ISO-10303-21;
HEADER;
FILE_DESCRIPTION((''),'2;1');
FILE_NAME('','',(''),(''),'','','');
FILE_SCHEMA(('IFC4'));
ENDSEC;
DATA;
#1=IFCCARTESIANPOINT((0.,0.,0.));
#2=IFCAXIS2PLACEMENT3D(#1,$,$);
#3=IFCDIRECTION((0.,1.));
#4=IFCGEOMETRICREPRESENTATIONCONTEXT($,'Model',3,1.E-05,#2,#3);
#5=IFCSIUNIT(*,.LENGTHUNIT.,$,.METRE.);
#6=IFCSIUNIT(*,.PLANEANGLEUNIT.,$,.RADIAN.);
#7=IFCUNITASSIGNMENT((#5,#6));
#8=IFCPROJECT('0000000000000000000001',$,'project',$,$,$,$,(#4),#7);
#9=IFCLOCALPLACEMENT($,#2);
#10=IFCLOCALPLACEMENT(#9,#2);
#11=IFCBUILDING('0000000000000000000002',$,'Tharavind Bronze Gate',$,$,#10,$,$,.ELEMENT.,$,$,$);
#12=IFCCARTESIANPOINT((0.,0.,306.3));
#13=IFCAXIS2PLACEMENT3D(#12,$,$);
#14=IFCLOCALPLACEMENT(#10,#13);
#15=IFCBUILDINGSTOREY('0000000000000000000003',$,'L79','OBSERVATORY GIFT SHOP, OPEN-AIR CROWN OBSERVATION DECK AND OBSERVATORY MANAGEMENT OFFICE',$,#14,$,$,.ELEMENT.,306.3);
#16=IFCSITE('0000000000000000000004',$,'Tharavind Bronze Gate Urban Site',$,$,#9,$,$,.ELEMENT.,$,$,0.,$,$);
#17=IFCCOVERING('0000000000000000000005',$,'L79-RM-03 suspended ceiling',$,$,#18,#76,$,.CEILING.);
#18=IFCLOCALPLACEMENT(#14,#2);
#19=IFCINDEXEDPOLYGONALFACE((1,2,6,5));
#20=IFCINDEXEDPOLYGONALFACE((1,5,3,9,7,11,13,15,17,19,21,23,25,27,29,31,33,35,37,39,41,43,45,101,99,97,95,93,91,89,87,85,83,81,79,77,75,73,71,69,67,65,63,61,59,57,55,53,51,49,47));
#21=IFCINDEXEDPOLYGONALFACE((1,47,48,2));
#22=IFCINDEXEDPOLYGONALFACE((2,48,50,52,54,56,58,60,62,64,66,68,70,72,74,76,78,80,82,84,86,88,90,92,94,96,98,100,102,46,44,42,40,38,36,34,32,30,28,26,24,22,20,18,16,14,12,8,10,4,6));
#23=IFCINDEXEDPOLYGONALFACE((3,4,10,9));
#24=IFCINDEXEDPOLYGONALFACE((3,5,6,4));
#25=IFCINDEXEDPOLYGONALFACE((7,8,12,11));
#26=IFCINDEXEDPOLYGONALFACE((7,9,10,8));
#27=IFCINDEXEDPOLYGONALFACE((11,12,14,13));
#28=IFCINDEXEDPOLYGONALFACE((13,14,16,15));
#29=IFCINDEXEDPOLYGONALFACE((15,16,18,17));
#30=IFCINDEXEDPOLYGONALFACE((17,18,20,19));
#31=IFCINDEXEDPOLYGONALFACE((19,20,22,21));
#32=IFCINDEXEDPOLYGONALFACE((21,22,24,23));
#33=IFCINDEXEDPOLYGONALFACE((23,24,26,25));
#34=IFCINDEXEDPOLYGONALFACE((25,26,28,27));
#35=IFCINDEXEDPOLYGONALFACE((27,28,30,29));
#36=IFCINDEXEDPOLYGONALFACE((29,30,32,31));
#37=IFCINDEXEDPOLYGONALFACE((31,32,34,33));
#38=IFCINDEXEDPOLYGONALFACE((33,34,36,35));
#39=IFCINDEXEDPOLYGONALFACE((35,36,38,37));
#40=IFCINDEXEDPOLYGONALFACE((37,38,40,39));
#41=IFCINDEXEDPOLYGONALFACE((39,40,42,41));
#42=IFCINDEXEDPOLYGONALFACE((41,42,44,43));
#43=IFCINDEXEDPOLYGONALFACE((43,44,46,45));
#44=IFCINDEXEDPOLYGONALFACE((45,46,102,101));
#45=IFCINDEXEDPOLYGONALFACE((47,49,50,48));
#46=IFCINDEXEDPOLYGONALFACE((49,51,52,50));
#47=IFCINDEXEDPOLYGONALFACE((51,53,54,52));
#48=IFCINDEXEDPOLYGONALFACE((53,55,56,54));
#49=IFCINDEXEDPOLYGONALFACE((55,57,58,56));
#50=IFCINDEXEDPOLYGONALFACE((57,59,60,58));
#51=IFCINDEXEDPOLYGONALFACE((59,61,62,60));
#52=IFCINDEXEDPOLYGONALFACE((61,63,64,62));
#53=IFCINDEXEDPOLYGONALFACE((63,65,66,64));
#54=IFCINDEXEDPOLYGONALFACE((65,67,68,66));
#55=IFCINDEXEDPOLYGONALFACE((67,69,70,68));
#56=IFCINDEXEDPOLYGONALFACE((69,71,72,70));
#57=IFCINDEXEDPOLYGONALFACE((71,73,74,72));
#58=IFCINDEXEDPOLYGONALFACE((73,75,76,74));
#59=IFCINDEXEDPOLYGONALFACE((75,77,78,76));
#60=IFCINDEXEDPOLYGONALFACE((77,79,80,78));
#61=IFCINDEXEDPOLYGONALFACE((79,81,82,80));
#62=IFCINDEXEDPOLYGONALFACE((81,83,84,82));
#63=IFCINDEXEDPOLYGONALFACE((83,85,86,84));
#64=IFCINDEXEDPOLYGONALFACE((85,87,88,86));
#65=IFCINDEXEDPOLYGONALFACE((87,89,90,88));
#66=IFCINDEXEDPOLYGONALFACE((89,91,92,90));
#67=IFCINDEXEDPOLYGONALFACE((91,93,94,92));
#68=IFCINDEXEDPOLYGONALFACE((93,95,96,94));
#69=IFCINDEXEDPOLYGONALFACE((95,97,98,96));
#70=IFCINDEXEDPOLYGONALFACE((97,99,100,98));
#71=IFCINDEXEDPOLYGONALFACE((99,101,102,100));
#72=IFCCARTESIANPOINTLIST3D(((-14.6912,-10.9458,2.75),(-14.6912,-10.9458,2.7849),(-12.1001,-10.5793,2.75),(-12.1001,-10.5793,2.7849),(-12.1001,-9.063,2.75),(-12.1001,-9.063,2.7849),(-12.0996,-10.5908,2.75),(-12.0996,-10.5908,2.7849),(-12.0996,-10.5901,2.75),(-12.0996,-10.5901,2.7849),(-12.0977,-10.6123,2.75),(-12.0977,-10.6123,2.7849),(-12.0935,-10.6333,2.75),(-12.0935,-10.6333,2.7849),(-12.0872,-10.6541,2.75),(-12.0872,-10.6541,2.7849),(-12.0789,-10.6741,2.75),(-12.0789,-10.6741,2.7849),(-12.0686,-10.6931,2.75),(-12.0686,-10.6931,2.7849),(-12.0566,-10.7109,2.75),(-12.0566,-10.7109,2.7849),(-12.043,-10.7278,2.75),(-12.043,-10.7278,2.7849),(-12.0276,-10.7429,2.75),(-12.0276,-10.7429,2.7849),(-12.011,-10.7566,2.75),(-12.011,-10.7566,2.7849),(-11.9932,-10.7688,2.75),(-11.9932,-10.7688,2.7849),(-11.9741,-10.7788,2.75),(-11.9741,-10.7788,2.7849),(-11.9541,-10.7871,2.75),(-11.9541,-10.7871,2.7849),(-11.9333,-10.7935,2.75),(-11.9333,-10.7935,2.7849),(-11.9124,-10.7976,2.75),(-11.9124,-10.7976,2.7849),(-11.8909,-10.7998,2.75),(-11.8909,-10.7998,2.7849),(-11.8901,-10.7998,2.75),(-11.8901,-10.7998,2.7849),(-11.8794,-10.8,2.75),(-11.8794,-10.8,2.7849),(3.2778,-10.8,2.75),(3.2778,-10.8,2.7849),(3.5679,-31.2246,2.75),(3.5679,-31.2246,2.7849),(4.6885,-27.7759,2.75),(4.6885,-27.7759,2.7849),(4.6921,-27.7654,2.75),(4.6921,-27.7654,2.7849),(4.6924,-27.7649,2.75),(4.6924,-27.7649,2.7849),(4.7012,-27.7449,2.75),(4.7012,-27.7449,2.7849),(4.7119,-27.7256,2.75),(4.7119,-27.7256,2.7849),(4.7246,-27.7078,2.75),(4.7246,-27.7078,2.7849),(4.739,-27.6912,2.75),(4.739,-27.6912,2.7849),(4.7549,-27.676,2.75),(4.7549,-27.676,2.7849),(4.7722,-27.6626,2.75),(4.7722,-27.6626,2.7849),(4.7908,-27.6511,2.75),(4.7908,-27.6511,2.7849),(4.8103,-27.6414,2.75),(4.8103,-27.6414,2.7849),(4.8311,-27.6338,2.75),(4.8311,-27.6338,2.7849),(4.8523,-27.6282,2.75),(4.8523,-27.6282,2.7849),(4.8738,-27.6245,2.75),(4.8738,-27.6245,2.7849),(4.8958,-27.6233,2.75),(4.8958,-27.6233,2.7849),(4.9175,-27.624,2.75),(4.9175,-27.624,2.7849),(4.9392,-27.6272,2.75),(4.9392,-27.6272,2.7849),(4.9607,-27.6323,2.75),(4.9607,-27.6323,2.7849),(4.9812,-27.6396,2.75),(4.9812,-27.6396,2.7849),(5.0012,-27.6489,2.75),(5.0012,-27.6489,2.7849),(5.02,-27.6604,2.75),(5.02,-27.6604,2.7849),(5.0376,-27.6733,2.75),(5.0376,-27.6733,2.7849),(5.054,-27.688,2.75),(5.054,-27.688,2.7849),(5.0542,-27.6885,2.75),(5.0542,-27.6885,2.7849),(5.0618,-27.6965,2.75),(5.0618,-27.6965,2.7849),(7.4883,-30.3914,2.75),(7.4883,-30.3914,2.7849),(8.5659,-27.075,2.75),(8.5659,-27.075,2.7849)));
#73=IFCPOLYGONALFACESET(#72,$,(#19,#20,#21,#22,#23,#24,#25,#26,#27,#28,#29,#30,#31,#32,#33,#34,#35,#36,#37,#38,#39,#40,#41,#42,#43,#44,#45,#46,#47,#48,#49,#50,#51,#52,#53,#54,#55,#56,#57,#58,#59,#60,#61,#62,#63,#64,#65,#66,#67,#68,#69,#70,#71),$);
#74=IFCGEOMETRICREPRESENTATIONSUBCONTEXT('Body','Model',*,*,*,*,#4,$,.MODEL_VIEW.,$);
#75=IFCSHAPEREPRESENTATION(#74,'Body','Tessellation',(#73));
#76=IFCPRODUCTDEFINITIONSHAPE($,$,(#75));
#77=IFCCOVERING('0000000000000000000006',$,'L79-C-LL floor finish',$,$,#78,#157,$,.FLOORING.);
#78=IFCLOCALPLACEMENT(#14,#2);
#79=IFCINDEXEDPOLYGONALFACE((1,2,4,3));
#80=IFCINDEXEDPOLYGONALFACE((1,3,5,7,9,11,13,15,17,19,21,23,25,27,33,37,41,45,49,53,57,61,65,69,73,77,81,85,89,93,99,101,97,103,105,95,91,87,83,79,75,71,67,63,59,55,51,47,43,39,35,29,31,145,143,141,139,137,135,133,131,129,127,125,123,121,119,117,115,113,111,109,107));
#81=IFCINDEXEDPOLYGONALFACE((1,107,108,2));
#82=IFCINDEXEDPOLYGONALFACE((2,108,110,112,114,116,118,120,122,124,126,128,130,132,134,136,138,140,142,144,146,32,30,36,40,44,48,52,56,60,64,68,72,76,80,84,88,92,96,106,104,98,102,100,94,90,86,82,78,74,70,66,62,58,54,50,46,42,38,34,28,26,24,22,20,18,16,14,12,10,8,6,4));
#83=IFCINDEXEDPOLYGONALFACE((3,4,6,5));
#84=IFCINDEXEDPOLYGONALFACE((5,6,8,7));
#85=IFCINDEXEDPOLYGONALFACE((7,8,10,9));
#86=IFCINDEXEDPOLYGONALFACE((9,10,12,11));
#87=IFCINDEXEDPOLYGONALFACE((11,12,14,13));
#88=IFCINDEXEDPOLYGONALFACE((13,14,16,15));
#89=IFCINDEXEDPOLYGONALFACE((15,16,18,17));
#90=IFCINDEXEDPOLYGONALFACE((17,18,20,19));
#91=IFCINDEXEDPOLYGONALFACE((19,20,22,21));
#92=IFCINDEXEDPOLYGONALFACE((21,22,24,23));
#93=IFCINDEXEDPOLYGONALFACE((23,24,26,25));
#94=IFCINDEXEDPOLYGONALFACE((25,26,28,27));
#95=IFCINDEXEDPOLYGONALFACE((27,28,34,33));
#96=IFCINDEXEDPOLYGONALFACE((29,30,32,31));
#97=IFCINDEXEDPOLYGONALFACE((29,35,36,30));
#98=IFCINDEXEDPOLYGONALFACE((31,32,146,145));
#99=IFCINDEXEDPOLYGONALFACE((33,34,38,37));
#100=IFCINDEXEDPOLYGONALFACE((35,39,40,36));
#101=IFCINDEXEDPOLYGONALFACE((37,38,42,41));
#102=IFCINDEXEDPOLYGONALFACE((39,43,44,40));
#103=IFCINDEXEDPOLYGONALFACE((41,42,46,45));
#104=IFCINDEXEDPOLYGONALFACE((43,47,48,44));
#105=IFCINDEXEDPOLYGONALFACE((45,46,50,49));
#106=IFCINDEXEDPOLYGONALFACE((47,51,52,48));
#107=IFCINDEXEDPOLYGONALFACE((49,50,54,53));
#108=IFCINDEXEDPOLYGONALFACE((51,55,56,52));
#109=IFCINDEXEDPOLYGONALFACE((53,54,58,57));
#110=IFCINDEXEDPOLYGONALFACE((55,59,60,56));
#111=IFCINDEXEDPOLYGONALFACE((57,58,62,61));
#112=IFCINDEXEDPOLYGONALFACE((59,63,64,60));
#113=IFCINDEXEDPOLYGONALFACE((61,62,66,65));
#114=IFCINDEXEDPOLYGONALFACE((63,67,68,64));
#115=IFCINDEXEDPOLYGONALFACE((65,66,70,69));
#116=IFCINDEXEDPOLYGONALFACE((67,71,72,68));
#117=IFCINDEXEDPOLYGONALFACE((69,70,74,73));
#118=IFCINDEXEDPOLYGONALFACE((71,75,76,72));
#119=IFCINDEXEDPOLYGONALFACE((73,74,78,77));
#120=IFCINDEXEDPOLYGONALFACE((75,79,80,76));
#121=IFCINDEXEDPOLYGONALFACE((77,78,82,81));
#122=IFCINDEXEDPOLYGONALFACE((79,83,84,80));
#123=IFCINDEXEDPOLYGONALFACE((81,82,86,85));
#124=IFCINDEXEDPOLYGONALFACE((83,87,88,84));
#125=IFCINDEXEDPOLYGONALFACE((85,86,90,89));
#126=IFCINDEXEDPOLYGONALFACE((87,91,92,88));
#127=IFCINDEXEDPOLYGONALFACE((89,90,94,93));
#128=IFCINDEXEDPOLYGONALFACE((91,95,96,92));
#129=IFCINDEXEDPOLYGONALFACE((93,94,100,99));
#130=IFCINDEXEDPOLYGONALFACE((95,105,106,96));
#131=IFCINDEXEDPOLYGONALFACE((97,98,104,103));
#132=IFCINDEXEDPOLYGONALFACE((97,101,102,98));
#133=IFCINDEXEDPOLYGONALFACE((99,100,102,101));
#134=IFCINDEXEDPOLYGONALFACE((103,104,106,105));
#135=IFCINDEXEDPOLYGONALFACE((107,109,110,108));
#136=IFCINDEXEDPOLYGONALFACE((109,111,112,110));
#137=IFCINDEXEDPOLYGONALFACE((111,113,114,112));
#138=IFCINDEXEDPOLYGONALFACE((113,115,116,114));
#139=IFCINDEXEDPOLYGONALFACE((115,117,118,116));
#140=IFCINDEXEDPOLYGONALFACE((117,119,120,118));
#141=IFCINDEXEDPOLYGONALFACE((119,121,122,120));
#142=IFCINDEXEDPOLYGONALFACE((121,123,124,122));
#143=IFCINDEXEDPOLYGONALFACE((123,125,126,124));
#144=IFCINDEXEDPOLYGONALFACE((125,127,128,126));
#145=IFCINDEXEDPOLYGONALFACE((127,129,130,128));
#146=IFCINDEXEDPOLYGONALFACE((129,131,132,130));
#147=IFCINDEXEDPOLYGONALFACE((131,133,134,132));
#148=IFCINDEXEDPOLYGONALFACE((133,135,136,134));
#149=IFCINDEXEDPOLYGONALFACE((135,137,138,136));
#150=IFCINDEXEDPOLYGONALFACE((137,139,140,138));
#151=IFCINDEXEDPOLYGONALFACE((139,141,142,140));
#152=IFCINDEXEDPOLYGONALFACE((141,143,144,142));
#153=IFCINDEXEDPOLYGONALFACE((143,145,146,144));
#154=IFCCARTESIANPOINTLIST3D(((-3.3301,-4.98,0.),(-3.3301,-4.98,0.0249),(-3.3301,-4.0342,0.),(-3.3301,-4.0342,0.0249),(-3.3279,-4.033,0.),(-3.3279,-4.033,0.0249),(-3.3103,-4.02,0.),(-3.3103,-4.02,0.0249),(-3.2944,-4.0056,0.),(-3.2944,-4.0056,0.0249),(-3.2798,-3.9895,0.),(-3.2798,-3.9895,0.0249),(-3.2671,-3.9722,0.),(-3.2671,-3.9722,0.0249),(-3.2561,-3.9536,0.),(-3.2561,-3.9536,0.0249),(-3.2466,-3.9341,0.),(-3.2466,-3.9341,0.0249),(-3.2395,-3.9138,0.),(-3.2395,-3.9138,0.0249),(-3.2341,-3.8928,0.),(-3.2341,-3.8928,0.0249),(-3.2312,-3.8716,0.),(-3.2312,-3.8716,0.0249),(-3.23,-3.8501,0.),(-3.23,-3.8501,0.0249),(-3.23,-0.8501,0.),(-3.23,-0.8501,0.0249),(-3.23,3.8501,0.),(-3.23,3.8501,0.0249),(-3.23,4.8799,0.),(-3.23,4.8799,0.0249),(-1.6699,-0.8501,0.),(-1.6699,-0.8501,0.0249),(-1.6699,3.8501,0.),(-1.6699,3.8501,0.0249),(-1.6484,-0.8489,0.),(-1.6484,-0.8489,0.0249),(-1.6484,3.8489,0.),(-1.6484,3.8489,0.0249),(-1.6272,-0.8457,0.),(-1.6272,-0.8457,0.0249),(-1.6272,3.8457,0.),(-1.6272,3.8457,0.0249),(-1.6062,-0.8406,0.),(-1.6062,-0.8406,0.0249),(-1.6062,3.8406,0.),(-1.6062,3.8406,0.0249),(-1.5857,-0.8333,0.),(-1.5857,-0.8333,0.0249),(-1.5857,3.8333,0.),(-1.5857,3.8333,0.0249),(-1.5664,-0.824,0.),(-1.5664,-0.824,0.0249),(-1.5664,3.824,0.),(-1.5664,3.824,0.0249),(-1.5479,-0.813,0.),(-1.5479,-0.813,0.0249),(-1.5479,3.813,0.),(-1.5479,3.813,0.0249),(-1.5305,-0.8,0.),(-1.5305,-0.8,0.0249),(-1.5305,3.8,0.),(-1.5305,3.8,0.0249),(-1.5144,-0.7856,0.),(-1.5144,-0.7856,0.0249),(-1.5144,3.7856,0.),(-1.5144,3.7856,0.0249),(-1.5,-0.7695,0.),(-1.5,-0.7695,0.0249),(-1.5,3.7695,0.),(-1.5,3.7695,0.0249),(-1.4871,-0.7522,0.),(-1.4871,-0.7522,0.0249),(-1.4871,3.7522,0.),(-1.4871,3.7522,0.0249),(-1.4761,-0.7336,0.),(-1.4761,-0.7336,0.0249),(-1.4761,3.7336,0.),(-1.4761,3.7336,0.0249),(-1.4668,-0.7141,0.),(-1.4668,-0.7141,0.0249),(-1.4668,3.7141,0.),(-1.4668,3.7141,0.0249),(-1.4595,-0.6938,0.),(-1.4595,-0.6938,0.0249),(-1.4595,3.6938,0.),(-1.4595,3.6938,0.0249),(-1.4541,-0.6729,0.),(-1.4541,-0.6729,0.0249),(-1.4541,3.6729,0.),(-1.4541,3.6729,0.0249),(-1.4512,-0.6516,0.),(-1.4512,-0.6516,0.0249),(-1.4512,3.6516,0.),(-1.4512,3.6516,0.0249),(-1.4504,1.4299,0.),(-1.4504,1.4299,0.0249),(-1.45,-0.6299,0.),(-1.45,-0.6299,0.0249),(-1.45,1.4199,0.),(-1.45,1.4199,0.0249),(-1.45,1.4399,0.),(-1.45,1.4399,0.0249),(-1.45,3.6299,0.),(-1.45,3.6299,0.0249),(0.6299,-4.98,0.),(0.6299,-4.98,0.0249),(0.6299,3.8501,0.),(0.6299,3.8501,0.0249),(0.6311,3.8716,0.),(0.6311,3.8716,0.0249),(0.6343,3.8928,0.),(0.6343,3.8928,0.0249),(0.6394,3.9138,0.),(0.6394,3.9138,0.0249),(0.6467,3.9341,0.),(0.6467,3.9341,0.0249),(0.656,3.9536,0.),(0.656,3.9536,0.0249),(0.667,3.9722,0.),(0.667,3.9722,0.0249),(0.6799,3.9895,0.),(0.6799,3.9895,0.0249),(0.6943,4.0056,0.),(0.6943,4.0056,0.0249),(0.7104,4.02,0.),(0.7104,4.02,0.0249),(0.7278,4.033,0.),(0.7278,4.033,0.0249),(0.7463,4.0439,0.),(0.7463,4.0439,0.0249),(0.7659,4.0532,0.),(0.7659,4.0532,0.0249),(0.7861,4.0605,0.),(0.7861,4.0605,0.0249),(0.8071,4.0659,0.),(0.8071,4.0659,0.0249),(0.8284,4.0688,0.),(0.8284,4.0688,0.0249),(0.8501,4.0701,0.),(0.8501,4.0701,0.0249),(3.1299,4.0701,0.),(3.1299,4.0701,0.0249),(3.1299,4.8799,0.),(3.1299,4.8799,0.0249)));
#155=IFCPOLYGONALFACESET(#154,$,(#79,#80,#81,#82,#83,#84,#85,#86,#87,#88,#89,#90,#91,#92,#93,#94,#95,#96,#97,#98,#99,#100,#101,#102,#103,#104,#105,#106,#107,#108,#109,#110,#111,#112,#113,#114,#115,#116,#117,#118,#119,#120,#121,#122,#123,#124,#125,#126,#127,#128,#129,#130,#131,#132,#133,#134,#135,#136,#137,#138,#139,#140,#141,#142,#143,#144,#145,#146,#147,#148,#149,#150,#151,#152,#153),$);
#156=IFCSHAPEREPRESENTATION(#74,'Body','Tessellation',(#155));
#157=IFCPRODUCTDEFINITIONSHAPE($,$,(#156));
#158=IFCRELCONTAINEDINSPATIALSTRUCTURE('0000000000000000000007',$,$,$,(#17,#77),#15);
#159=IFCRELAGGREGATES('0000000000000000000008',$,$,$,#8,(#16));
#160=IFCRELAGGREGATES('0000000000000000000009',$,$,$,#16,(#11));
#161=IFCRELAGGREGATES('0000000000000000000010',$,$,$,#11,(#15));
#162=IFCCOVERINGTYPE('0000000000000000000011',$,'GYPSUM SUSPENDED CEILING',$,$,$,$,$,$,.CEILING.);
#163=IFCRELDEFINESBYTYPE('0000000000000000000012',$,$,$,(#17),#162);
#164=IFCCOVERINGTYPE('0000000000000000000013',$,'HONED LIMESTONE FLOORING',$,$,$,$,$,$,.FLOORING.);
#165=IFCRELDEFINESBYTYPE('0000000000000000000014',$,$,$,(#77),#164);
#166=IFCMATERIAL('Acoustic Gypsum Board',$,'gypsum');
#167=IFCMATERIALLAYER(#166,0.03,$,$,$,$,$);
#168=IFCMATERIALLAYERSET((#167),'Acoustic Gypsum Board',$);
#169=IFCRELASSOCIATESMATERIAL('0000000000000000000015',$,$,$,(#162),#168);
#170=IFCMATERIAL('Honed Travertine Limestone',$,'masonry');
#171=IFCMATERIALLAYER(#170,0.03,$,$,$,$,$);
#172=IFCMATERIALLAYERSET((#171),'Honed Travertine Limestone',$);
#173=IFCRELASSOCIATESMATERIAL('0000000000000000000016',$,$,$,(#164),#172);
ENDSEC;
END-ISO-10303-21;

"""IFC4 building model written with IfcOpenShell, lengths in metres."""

from ifc_helpers import new_model, si_unit, direction, frame, origin, place, context, subcontext, project, spatial, polyline, outline, extrude, material, layer, layer_set, type_object, element, save


model = new_model("IFC4")

# Units and contexts
model_context = context("Model", 3, precision=1e-05, world=origin(), true_north=direction((0.0, 1.0)))
body_context = subcontext(model_context, "Body", "Model", "MODEL_VIEW")
ifc_project = project(units=[si_unit("LENGTHUNIT", "METRE"), si_unit("PLANEANGLEUNIT", "RADIAN")], contexts=[model_context])

# Site, building, storey
site_placement = place(None, origin())
site = spatial("IfcSite", under=ifc_project, at=site_placement, Name="Tharavind Bronze Gate Urban Site", CompositionType="ELEMENT", RefElevation=0.0)
building_placement = place(site_placement, origin())
building = spatial("IfcBuilding", under=site, at=building_placement, Name="Tharavind Bronze Gate", CompositionType="ELEMENT")
storey_placement = place(building_placement, frame((0.0, 0.0, 306.3)))
storey = spatial("IfcBuildingStorey", under=building, at=storey_placement, Name="L79", Description="OBSERVATORY GIFT SHOP, OPEN-AIR CROWN OBSERVATION DECK AND OBSERVATORY MANAGEMENT OFFICE", CompositionType="ELEMENT", Elevation=306.3)

# Coverings
ifc_material_1 = material(Name="Acoustic Gypsum Board", Category="gypsum")
ifc_layer_1 = layer(ifc_material_1, 0.03)
ifc_layer_set_1 = layer_set([ifc_layer_1], Name="Acoustic Gypsum Board")
covering_type_1 = type_object("IfcCoveringType", Name="GYPSUM SUSPENDED CEILING", PredefinedType="CEILING", material=ifc_layer_set_1)
covering_1_placement = place(storey_placement, frame((0.0, 0.0, 2.75)))
element("IfcCovering", 1, at=covering_1_placement, inside=storey, type_object=covering_type_1, Name="L79-RM-03 suspended ceiling", PredefinedType="CEILING", context=body_context, shape_type="SweptSolid", body=[
    extrude(outline(polyline([(3.5679, -31.2246), (4.6885, -27.7759), (4.6921, -27.7654), (4.6924, -27.7649), (4.7012, -27.7449), (4.7119, -27.7256), (4.7246, -27.7078), (4.739, -27.6912), (4.7549, -27.676), (4.7722, -27.6626), (4.7908, -27.6511), (4.8103, -27.6414), (4.8311, -27.6338), (4.8523, -27.6282), (4.8738, -27.6245), (4.8958, -27.6233), (4.9175, -27.624), (4.9392, -27.6272), (4.9607, -27.6323), (4.9812, -27.6396), (5.0012, -27.6489), (5.02, -27.6604), (5.0376, -27.6733), (5.054, -27.688), (5.0542, -27.6885), (5.0618, -27.6965), (7.4883, -30.3914), (8.5659, -27.075), (3.2778, -10.8), (-11.8794, -10.8), (-11.8901, -10.7998), (-11.8909, -10.7998), (-11.9124, -10.7976), (-11.9333, -10.7935), (-11.9541, -10.7871), (-11.9741, -10.7788), (-11.9932, -10.7688), (-12.011, -10.7566), (-12.0276, -10.7429), (-12.043, -10.7278), (-12.0566, -10.7109), (-12.0686, -10.6931), (-12.0789, -10.6741), (-12.0872, -10.6541), (-12.0935, -10.6333), (-12.0977, -10.6123), (-12.0996, -10.5908), (-12.0996, -10.5901), (-12.1001, -10.5793), (-12.1001, -9.063), (-14.6912, -10.9458), (3.5679, -31.2246)])), origin(), (0.0, 0.0, 1.0), 0.0349),
])
ifc_material_2 = material(Name="Honed Travertine Limestone", Category="masonry")
ifc_layer_2 = layer(ifc_material_2, 0.03)
ifc_layer_set_2 = layer_set([ifc_layer_2], Name="Honed Travertine Limestone")
covering_type_2 = type_object("IfcCoveringType", Name="HONED LIMESTONE FLOORING", PredefinedType="FLOORING", material=ifc_layer_set_2)
covering_2_placement = place(storey_placement, origin())
element("IfcCovering", 2, at=covering_2_placement, inside=storey, type_object=covering_type_2, Name="L79-C-LL floor finish", PredefinedType="FLOORING", context=body_context, shape_type="SweptSolid", body=[
    extrude(outline(polyline([(-3.3301, -4.98), (0.6299, -4.98), (0.6299, 3.8501), (0.6311, 3.8716), (0.6343, 3.8928), (0.6394, 3.9138), (0.6467, 3.9341), (0.656, 3.9536), (0.667, 3.9722), (0.6799, 3.9895), (0.6943, 4.0056), (0.7104, 4.02), (0.7278, 4.033), (0.7463, 4.0439), (0.7659, 4.0532), (0.7861, 4.0605), (0.8071, 4.0659), (0.8284, 4.0688), (0.8501, 4.0701), (3.1299, 4.0701), (3.1299, 4.8799), (-3.23, 4.8799), (-3.23, 3.8501), (-1.6699, 3.8501), (-1.6484, 3.8489), (-1.6272, 3.8457), (-1.6062, 3.8406), (-1.5857, 3.8333), (-1.5664, 3.824), (-1.5479, 3.813), (-1.5305, 3.8), (-1.5144, 3.7856), (-1.5, 3.7695), (-1.4871, 3.7522), (-1.4761, 3.7336), (-1.4668, 3.7141), (-1.4595, 3.6938), (-1.4541, 3.6729), (-1.4512, 3.6516), (-1.45, 3.6299), (-1.45, 1.4399), (-1.4504, 1.4299), (-1.45, 1.4199), (-1.45, -0.6299), (-1.4512, -0.6516), (-1.4541, -0.6729), (-1.4595, -0.6938), (-1.4668, -0.7141), (-1.4761, -0.7336), (-1.4871, -0.7522), (-1.5, -0.7695), (-1.5144, -0.7856), (-1.5305, -0.8), (-1.5479, -0.813), (-1.5664, -0.824), (-1.5857, -0.8333), (-1.6062, -0.8406), (-1.6272, -0.8457), (-1.6484, -0.8489), (-1.6699, -0.8501), (-3.23, -0.8501), (-3.23, -3.8501), (-3.2312, -3.8716), (-3.2341, -3.8928), (-3.2395, -3.9138), (-3.2466, -3.9341), (-3.2561, -3.9536), (-3.2671, -3.9722), (-3.2798, -3.9895), (-3.2944, -4.0056), (-3.3103, -4.02), (-3.3279, -4.033), (-3.3301, -4.0342), (-3.3301, -4.98)])), origin(), (0.0, 0.0, 1.0), 0.0249),
])

save(model, "model.ifc")
